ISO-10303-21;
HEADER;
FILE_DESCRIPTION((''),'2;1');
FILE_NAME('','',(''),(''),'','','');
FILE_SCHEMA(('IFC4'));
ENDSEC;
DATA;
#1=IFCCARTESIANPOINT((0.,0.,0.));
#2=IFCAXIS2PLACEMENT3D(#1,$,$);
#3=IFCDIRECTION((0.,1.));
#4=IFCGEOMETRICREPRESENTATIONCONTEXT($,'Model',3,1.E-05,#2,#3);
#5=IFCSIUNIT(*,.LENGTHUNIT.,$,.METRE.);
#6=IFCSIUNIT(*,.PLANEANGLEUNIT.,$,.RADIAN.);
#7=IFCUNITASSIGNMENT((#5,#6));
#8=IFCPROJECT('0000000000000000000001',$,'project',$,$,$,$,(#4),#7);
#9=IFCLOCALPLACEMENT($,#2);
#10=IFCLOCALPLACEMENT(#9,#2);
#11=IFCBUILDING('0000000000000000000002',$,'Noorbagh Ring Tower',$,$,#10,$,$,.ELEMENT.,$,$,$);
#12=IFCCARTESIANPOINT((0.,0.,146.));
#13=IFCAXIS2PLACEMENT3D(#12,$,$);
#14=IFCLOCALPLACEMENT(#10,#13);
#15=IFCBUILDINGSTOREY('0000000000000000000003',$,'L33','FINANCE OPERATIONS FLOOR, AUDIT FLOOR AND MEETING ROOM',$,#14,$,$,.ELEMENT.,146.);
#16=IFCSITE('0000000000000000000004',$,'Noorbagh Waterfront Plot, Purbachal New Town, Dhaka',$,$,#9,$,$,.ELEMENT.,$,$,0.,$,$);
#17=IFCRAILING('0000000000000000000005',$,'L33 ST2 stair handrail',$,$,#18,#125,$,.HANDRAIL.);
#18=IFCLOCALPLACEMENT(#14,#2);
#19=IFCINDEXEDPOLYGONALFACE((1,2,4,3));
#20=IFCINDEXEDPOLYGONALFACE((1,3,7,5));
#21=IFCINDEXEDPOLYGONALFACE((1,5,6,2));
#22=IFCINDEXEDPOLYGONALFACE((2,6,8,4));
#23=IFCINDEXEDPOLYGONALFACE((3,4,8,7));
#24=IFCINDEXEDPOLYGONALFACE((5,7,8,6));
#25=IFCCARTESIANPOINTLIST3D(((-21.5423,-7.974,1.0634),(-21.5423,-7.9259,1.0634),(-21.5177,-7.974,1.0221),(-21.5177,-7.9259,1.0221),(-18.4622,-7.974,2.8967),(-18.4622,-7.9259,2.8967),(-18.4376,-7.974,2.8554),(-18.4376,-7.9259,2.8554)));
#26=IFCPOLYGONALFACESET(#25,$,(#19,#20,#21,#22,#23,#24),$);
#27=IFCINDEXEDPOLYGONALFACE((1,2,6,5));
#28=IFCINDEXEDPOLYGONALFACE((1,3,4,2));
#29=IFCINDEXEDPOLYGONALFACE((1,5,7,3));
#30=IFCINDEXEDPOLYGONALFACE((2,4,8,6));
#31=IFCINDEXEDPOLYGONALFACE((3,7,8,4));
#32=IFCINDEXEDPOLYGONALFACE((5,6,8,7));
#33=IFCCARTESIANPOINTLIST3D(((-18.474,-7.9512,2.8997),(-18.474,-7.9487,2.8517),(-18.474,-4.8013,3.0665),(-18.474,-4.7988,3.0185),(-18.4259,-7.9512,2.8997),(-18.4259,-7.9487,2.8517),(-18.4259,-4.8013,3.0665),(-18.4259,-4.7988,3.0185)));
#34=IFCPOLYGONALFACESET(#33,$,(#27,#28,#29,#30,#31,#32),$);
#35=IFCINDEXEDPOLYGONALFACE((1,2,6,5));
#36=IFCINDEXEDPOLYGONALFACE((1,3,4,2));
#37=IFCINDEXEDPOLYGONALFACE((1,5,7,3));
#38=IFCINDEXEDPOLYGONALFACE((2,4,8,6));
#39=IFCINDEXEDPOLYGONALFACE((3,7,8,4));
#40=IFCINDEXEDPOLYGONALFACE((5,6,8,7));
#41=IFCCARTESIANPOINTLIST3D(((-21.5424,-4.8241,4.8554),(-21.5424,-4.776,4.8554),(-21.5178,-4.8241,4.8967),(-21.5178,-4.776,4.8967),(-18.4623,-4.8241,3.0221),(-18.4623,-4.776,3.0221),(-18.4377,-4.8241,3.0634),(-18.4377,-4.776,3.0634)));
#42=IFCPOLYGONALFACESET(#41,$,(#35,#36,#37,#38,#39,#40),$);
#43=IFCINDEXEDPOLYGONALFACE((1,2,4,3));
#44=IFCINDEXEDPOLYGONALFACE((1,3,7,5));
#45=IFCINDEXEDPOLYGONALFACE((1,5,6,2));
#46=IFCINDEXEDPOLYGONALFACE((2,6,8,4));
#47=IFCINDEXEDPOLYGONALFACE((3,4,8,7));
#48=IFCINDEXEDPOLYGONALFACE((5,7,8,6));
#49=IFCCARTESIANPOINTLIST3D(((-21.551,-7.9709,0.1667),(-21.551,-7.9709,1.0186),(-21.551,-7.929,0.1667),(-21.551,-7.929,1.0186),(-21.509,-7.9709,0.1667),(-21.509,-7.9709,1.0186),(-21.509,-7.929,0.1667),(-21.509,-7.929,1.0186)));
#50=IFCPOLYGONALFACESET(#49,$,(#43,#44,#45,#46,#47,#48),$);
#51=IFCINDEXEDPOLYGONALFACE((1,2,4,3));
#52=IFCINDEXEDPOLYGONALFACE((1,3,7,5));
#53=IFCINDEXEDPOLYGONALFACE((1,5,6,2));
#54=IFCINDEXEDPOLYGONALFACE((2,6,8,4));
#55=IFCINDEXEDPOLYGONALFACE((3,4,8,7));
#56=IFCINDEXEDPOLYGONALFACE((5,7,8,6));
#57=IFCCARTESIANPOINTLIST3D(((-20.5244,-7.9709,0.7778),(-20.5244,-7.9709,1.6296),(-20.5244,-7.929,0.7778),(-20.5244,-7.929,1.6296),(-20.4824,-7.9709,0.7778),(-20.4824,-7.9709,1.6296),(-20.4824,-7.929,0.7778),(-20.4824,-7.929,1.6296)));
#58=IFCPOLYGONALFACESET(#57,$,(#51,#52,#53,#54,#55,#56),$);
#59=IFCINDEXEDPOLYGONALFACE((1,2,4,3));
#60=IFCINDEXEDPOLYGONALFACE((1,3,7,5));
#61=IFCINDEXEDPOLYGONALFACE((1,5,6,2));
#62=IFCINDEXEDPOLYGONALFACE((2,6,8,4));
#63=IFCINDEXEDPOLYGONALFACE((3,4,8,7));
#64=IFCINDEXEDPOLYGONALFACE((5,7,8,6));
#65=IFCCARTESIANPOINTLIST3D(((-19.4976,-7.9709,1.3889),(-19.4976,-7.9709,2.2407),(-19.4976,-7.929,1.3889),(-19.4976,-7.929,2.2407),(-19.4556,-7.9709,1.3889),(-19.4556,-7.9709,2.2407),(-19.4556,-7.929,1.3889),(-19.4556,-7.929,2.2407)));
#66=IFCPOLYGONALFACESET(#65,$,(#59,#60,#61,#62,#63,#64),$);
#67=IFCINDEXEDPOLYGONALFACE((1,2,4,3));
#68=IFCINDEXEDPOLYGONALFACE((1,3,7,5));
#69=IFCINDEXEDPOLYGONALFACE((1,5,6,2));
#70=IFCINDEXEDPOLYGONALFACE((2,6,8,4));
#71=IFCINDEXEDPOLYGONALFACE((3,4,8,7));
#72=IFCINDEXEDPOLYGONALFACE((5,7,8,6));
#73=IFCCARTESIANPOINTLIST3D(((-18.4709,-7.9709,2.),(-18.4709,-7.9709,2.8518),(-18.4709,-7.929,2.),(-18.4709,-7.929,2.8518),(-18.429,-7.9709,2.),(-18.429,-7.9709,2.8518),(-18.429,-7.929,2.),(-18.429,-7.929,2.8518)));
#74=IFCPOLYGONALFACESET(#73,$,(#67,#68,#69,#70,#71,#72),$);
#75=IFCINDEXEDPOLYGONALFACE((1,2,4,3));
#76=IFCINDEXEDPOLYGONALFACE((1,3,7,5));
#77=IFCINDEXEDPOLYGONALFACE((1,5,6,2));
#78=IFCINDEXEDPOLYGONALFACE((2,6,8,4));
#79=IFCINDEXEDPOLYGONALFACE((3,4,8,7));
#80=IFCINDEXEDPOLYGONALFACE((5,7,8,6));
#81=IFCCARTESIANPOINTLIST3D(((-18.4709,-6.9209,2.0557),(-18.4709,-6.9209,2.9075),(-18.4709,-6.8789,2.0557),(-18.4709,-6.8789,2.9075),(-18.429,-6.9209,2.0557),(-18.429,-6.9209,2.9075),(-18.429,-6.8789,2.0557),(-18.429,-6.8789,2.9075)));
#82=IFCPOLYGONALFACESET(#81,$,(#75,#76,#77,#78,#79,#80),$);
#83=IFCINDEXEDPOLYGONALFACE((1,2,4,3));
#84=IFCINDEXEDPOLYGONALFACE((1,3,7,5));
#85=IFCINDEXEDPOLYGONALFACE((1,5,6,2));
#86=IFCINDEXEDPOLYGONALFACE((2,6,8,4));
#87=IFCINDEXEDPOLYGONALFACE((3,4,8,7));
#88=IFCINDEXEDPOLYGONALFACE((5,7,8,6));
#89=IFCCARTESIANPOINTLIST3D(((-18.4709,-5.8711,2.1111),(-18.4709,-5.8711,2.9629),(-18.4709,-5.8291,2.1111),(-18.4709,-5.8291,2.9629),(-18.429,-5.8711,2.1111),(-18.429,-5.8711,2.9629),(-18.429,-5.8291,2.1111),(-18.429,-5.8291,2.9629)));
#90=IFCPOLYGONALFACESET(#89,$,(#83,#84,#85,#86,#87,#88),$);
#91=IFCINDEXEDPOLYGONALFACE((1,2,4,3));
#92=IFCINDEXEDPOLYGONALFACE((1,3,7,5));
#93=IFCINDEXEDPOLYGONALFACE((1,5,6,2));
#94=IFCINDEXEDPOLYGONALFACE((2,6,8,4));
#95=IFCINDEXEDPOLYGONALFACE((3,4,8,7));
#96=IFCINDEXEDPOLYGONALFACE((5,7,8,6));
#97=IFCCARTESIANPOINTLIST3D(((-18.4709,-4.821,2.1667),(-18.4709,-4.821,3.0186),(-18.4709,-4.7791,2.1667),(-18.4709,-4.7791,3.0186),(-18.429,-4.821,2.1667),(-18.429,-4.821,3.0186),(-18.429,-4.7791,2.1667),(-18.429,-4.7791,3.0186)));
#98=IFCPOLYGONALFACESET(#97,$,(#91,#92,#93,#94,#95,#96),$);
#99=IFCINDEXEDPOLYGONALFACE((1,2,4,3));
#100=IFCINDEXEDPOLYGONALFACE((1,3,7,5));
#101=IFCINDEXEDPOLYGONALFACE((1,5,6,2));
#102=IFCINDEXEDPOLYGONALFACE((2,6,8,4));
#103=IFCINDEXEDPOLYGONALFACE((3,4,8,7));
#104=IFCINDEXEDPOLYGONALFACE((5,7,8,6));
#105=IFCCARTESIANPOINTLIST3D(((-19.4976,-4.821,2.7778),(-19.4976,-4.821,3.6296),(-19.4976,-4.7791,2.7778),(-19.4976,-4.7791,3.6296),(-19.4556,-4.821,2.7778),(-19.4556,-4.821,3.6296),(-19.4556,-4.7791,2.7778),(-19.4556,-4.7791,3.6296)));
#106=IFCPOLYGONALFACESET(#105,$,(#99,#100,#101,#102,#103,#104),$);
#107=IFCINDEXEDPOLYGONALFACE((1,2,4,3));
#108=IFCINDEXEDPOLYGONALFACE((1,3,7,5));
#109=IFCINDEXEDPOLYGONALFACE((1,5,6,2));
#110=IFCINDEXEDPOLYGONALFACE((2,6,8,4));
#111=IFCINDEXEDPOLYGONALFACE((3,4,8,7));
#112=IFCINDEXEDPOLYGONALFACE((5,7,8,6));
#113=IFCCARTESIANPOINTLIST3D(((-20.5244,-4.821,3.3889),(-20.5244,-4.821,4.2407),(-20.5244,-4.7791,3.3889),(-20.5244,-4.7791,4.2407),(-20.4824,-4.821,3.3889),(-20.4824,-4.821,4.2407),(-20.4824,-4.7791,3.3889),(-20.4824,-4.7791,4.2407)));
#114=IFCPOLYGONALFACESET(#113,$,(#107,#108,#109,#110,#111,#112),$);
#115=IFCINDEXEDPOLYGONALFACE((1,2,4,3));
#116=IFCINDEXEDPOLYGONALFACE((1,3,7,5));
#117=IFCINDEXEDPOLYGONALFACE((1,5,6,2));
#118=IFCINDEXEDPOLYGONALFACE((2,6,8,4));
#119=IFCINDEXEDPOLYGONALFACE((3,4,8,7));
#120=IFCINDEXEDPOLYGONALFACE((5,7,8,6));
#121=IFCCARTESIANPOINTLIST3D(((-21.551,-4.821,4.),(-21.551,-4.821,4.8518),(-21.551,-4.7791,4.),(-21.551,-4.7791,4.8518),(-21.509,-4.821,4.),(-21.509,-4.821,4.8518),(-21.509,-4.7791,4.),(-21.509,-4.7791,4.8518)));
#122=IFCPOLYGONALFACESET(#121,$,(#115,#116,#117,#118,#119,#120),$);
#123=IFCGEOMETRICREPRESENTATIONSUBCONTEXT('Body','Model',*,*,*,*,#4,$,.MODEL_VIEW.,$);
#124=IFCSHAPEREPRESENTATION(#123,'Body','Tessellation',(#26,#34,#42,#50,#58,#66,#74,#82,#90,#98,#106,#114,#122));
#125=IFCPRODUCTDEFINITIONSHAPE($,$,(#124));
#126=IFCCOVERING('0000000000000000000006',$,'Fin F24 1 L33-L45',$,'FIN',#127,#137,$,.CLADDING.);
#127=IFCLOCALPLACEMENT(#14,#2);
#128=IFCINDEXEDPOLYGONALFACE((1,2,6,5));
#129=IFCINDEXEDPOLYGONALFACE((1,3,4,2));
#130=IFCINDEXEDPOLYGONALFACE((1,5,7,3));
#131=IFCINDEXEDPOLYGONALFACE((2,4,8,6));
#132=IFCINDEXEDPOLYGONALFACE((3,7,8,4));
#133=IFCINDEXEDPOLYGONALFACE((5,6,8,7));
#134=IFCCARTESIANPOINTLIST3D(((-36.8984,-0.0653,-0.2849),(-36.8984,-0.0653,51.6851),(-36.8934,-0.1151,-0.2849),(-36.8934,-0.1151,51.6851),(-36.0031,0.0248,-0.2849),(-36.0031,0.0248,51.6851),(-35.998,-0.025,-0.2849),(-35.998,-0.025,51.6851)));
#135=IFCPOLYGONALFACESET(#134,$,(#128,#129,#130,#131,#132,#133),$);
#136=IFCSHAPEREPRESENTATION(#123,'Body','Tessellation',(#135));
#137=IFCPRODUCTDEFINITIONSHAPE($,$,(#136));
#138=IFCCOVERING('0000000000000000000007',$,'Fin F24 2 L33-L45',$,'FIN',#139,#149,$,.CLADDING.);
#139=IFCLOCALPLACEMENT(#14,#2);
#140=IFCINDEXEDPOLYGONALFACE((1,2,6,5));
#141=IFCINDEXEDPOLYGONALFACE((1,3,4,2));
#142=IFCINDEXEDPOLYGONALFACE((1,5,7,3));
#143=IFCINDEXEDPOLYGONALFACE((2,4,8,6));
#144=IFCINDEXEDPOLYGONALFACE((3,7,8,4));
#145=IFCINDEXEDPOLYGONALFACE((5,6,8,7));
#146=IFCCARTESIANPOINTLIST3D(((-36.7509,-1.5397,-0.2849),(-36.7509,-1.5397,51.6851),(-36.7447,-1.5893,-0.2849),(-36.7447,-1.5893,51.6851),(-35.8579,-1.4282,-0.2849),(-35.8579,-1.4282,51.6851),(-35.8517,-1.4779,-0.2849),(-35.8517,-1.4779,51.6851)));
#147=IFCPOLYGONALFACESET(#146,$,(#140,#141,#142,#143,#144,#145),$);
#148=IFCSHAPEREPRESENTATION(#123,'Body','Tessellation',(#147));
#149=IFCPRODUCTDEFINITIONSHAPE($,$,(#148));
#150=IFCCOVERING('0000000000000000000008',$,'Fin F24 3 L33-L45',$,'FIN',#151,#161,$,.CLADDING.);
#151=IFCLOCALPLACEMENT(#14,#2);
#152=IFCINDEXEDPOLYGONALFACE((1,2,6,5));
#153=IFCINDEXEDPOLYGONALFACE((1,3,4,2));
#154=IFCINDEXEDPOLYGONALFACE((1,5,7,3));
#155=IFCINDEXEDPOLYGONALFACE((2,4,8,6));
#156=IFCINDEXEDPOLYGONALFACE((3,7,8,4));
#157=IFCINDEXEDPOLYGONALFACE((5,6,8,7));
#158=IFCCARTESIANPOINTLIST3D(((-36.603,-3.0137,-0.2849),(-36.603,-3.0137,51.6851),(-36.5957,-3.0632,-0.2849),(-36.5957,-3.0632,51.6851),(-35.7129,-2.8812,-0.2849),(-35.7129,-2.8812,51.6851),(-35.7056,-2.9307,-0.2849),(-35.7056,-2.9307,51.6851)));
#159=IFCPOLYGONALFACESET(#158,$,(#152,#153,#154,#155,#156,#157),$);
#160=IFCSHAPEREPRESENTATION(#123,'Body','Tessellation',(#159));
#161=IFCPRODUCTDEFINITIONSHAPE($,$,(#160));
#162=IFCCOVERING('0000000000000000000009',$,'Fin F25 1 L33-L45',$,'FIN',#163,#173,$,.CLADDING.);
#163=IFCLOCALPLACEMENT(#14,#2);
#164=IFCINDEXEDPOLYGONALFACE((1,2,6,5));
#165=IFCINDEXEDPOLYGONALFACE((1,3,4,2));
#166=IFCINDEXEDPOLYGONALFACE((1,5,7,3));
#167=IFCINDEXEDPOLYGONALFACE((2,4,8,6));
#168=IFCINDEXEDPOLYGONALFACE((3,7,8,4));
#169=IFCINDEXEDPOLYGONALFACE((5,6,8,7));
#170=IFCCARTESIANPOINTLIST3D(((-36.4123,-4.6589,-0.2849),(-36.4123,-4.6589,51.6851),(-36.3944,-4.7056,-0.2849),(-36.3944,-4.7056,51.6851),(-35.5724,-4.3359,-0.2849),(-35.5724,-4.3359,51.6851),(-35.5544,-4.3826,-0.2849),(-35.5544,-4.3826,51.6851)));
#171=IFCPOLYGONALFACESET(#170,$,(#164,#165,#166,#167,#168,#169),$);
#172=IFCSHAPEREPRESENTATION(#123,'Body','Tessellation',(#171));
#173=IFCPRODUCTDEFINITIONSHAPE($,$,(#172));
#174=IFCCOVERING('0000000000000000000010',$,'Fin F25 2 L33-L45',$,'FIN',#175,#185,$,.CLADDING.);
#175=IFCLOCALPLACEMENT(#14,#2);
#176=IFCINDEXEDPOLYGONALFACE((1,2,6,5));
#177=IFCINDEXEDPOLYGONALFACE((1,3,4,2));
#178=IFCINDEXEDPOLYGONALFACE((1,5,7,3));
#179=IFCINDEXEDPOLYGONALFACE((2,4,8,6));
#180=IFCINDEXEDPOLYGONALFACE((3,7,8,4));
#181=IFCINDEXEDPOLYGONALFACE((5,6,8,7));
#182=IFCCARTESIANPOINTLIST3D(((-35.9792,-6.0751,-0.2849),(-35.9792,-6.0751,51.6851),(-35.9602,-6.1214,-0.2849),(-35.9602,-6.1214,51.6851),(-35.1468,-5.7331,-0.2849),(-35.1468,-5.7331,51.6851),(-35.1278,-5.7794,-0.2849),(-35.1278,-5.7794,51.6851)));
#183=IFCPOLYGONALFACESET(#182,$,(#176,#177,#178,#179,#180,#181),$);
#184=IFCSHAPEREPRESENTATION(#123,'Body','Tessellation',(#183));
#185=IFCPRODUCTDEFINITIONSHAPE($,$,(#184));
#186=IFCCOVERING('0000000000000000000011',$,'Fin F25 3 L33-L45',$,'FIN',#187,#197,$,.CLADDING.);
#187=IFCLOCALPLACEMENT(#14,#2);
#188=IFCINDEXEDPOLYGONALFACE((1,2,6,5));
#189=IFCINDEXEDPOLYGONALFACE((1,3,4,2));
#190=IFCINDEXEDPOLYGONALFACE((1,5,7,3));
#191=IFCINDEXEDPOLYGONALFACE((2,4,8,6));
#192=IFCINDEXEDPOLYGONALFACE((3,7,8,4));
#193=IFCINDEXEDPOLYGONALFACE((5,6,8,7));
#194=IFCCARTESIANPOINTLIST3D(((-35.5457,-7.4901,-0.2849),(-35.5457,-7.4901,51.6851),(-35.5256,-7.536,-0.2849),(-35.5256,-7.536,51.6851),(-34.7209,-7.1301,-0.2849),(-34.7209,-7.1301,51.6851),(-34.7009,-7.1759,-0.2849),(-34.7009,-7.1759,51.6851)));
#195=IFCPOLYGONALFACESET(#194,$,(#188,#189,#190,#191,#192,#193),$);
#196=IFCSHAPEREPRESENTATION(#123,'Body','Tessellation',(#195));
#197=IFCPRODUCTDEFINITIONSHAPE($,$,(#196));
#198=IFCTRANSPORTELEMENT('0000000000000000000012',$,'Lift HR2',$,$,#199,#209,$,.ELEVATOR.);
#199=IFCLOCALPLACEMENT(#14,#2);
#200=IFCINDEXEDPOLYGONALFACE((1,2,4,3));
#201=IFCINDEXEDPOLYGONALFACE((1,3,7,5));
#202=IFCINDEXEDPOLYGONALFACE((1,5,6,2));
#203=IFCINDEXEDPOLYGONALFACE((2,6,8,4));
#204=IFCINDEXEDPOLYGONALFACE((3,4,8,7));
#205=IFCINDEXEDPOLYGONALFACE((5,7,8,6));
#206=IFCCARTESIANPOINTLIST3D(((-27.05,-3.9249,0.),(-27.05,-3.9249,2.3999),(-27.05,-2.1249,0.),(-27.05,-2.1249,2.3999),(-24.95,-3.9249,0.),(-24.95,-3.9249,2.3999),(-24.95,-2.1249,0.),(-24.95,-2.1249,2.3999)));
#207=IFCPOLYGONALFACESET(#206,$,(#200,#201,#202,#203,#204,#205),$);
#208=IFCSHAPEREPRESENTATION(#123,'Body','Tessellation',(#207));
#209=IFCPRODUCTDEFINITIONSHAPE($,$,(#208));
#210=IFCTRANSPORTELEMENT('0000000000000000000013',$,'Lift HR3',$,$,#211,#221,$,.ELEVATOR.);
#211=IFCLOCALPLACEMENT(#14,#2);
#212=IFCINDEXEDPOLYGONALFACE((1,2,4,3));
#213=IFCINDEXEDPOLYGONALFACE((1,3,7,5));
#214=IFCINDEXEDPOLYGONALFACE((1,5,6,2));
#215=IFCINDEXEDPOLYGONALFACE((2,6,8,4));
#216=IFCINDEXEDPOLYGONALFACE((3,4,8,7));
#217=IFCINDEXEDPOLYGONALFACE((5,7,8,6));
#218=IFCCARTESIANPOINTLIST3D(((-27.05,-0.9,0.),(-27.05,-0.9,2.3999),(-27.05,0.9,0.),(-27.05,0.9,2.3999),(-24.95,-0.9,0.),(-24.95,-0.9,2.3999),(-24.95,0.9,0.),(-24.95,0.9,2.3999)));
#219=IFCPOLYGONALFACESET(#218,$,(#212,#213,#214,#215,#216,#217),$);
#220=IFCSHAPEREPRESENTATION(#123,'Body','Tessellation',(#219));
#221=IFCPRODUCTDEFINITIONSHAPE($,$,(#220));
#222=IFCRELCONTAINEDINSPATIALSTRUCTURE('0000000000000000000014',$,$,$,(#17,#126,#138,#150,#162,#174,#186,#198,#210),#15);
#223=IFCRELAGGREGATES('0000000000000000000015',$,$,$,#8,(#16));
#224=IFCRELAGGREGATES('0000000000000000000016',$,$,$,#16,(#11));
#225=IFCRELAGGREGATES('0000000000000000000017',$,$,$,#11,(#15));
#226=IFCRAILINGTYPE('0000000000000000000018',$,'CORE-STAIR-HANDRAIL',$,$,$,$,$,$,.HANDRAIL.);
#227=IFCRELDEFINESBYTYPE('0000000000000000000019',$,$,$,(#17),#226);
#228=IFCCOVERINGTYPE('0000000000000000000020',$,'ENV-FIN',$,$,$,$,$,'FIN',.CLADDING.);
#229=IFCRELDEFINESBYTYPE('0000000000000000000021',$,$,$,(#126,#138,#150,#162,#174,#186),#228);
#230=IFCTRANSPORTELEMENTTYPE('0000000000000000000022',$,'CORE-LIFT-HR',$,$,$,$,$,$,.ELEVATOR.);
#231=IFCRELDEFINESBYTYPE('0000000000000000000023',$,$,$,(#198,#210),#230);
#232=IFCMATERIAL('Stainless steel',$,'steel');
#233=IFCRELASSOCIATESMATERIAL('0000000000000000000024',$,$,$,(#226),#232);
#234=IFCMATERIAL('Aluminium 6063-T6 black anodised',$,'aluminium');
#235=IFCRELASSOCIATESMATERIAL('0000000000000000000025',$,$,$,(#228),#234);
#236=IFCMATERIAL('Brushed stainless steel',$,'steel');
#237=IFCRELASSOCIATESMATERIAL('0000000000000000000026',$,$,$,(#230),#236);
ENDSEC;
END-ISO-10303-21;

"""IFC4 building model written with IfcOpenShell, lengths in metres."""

from ifc_helpers import new_model, si_unit, direction, frame, origin, origin_2d, place, context, subcontext, project, spatial, rectangle, extrude, material, material_profile, profile_set, type_object, element, save


model = new_model("IFC4")

# Units and contexts
model_context = context("Model", 3, precision=1e-05, world=origin(), true_north=direction((0.0, 1.0)))
body_context = subcontext(model_context, "Body", "Model", "MODEL_VIEW")
ifc_project = project(units=[si_unit("LENGTHUNIT", "METRE"), si_unit("PLANEANGLEUNIT", "RADIAN")], contexts=[model_context])

# Site, building, storey
site_placement = place(None, origin())
site = spatial("IfcSite", under=ifc_project, at=site_placement, Name="Noorbagh Waterfront Plot, Purbachal New Town, Dhaka", CompositionType="ELEMENT", RefElevation=0.0)
building_placement = place(site_placement, origin())
building = spatial("IfcBuilding", under=site, at=building_placement, Name="Noorbagh Ring Tower", CompositionType="ELEMENT")
storey_placement = place(building_placement, frame((0.0, 0.0, 146.0)))
storey = spatial("IfcBuildingStorey", under=building, at=storey_placement, Name="L33", Description="FINANCE OPERATIONS FLOOR, AUDIT FLOOR AND MEETING ROOM", CompositionType="ELEMENT", Elevation=146.0)

# Railing
ifc_material_1 = material(Name="Stainless steel", Category="steel")
railing_type_1 = type_object("IfcRailingType", Name="CORE-STAIR-HANDRAIL", PredefinedType="HANDRAIL", material=ifc_material_1)
railing_1_placement = place(storey_placement, frame((-21.53, -7.95, 0.1667)))
element("IfcRailing", 1, at=railing_1_placement, inside=storey, type_object=railing_type_1, Name="L33 ST2 stair handrail", PredefinedType="HANDRAIL", context=body_context, shape_type="SweptSolid", body=[
    extrude(rectangle(XDim=0.0481, YDim=0.0481, at=origin_2d()), frame((0.0, 0.0, 0.876), z_axis=(0.859309, 0.0, 0.511458), x_axis=(0.0, 1.0, 0.0)), (0.0, 0.0, 1.0), 3.5845),
    extrude(rectangle(XDim=0.0481, YDim=0.0481, at=origin_2d()), frame((3.0801, 0.0, 2.709), z_axis=(0.0, 0.998602, 0.052864), x_axis=(-1.0, 0.0, 0.0)), (0.0, 0.0, 1.0), 3.1543),
    extrude(rectangle(XDim=0.0481, YDim=0.0481, at=origin_2d()), frame((3.0801, 3.1499, 2.876), z_axis=(-0.859309, 0.0, 0.511458), x_axis=(0.0, -1.0, 0.0)), (0.0, 0.0, 1.0), 3.5845),
    extrude(rectangle(XDim=0.042, YDim=0.042, at=origin_2d()), origin(), (0.0, 0.0, 1.0), 0.8518),
    extrude(rectangle(XDim=0.042, YDim=0.042, at=origin_2d()), frame((1.0266, 0.0, 0.6111)), (0.0, 0.0, 1.0), 0.8518),
    extrude(rectangle(XDim=0.042, YDim=0.042, at=origin_2d()), frame((2.0535, 0.0, 1.2222)), (0.0, 0.0, 1.0), 0.8518),
    extrude(rectangle(XDim=0.042, YDim=0.042, at=origin_2d()), frame((3.0801, 0.0, 1.8333)), (0.0, 0.0, 1.0), 0.8518),
    extrude(rectangle(XDim=0.042, YDim=0.042, at=origin_2d()), frame((3.0801, 1.05, 1.8889)), (0.0, 0.0, 1.0), 0.8518),
    extrude(rectangle(XDim=0.042, YDim=0.042, at=origin_2d()), frame((3.0801, 2.0999, 1.9443)), (0.0, 0.0, 1.0), 0.8518),
    extrude(rectangle(XDim=0.042, YDim=0.042, at=origin_2d()), frame((3.0801, 3.1499, 2.0)), (0.0, 0.0, 1.0), 0.8518),
    extrude(rectangle(XDim=0.042, YDim=0.042, at=origin_2d()), frame((2.0535, 3.1499, 2.6111)), (0.0, 0.0, 1.0), 0.8518),
    extrude(rectangle(XDim=0.042, YDim=0.042, at=origin_2d()), frame((1.0266, 3.1499, 3.2222)), (0.0, 0.0, 1.0), 0.8518),
    extrude(rectangle(XDim=0.042, YDim=0.042, at=origin_2d()), frame((0.0, 3.1499, 3.8333)), (0.0, 0.0, 1.0), 0.8518),
])

# Coverings
ifc_material_2 = material(Name="Aluminium 6063-T6 black anodised", Category="aluminium")
ifc_material_profile_1 = material_profile(ifc_material_2, rectangle(XDim=0.8999, YDim=0.05, at=origin_2d()), Name="900x50")
ifc_profile_set_1 = profile_set([ifc_material_profile_1], Name="Aluminium 6063-T6 black anodised")
covering_type = type_object("IfcCoveringType", Name="ENV-FIN", ElementType="FIN", PredefinedType="CLADDING", material=ifc_profile_set_1)
for number, where, z_axis, x_axis, name in (
    (2, (-36.4482, -0.0452, -0.2849), (0.0, 0.0, 1.0), (-0.99497, -0.100178, 0.0), "Fin F24 1 L33-L45"),
    (3, (-36.3013, -1.5088, -0.2849), (0.0, 0.0, 1.0), (-0.992303, -0.123835, 0.0), "Fin F24 2 L33-L45"),
    (4, (-36.1543, -2.9722, -0.2849), (0.0, 0.0, 1.0), (-0.989103, -0.147226, 0.0), "Fin F24 3 L33-L45"),
    (5, (-35.9834, -4.5208, -0.2849), (0.0, 0.0, 1.0), (-0.933362, -0.358936, 0.0), "Fin F25 1 L33-L45"),
    (6, (-35.5535, -5.9272, -0.2849), (0.0, 0.0, 1.0), (-0.925001, -0.379965, 0.0), "Fin F25 2 L33-L45"),
    (7, (-35.1233, -7.333, -0.2849), (0.0, 0.0, 1.0), (-0.916475, -0.400092, 0.0), "Fin F25 3 L33-L45"),
):
    element("IfcCovering", number, at=place(storey_placement, frame(where, z_axis=z_axis, x_axis=x_axis)), inside=storey, type_object=covering_type, Name=name, ObjectType="FIN", PredefinedType="CLADDING", context=body_context, shape_type="SweptSolid", body=[
        extrude(rectangle(XDim=0.8999, YDim=0.05, at=origin_2d()), origin(), (0.0, 0.0, 1.0), 51.97),
    ])

# Transport elements
ifc_material_3 = material(Name="Brushed stainless steel", Category="steel")
transport_element_type = type_object("IfcTransportElementType", Name="CORE-LIFT-HR", PredefinedType="ELEVATOR", material=ifc_material_3)
for number, where, z_axis, x_axis, name in (
    (8, (-26.0, -3.0249, 0.0), (0.0, 0.0, 1.0), (1.0, 0.0, 0.0), "Lift HR2"),
    (9, (-26.0, 0.0, 0.0), (0.0, 0.0, 1.0), (1.0, 0.0, 0.0), "Lift HR3"),
):
    element("IfcTransportElement", number, at=place(storey_placement, frame(where, z_axis=z_axis, x_axis=x_axis)), inside=storey, type_object=transport_element_type, Name=name, PredefinedType="ELEVATOR", context=body_context, shape_type="SweptSolid", body=[
        extrude(rectangle(XDim=2.1001, YDim=1.8, at=origin_2d()), origin(), (0.0, 0.0, 1.0), 2.3999),
    ])

save(model, "model.ifc")
